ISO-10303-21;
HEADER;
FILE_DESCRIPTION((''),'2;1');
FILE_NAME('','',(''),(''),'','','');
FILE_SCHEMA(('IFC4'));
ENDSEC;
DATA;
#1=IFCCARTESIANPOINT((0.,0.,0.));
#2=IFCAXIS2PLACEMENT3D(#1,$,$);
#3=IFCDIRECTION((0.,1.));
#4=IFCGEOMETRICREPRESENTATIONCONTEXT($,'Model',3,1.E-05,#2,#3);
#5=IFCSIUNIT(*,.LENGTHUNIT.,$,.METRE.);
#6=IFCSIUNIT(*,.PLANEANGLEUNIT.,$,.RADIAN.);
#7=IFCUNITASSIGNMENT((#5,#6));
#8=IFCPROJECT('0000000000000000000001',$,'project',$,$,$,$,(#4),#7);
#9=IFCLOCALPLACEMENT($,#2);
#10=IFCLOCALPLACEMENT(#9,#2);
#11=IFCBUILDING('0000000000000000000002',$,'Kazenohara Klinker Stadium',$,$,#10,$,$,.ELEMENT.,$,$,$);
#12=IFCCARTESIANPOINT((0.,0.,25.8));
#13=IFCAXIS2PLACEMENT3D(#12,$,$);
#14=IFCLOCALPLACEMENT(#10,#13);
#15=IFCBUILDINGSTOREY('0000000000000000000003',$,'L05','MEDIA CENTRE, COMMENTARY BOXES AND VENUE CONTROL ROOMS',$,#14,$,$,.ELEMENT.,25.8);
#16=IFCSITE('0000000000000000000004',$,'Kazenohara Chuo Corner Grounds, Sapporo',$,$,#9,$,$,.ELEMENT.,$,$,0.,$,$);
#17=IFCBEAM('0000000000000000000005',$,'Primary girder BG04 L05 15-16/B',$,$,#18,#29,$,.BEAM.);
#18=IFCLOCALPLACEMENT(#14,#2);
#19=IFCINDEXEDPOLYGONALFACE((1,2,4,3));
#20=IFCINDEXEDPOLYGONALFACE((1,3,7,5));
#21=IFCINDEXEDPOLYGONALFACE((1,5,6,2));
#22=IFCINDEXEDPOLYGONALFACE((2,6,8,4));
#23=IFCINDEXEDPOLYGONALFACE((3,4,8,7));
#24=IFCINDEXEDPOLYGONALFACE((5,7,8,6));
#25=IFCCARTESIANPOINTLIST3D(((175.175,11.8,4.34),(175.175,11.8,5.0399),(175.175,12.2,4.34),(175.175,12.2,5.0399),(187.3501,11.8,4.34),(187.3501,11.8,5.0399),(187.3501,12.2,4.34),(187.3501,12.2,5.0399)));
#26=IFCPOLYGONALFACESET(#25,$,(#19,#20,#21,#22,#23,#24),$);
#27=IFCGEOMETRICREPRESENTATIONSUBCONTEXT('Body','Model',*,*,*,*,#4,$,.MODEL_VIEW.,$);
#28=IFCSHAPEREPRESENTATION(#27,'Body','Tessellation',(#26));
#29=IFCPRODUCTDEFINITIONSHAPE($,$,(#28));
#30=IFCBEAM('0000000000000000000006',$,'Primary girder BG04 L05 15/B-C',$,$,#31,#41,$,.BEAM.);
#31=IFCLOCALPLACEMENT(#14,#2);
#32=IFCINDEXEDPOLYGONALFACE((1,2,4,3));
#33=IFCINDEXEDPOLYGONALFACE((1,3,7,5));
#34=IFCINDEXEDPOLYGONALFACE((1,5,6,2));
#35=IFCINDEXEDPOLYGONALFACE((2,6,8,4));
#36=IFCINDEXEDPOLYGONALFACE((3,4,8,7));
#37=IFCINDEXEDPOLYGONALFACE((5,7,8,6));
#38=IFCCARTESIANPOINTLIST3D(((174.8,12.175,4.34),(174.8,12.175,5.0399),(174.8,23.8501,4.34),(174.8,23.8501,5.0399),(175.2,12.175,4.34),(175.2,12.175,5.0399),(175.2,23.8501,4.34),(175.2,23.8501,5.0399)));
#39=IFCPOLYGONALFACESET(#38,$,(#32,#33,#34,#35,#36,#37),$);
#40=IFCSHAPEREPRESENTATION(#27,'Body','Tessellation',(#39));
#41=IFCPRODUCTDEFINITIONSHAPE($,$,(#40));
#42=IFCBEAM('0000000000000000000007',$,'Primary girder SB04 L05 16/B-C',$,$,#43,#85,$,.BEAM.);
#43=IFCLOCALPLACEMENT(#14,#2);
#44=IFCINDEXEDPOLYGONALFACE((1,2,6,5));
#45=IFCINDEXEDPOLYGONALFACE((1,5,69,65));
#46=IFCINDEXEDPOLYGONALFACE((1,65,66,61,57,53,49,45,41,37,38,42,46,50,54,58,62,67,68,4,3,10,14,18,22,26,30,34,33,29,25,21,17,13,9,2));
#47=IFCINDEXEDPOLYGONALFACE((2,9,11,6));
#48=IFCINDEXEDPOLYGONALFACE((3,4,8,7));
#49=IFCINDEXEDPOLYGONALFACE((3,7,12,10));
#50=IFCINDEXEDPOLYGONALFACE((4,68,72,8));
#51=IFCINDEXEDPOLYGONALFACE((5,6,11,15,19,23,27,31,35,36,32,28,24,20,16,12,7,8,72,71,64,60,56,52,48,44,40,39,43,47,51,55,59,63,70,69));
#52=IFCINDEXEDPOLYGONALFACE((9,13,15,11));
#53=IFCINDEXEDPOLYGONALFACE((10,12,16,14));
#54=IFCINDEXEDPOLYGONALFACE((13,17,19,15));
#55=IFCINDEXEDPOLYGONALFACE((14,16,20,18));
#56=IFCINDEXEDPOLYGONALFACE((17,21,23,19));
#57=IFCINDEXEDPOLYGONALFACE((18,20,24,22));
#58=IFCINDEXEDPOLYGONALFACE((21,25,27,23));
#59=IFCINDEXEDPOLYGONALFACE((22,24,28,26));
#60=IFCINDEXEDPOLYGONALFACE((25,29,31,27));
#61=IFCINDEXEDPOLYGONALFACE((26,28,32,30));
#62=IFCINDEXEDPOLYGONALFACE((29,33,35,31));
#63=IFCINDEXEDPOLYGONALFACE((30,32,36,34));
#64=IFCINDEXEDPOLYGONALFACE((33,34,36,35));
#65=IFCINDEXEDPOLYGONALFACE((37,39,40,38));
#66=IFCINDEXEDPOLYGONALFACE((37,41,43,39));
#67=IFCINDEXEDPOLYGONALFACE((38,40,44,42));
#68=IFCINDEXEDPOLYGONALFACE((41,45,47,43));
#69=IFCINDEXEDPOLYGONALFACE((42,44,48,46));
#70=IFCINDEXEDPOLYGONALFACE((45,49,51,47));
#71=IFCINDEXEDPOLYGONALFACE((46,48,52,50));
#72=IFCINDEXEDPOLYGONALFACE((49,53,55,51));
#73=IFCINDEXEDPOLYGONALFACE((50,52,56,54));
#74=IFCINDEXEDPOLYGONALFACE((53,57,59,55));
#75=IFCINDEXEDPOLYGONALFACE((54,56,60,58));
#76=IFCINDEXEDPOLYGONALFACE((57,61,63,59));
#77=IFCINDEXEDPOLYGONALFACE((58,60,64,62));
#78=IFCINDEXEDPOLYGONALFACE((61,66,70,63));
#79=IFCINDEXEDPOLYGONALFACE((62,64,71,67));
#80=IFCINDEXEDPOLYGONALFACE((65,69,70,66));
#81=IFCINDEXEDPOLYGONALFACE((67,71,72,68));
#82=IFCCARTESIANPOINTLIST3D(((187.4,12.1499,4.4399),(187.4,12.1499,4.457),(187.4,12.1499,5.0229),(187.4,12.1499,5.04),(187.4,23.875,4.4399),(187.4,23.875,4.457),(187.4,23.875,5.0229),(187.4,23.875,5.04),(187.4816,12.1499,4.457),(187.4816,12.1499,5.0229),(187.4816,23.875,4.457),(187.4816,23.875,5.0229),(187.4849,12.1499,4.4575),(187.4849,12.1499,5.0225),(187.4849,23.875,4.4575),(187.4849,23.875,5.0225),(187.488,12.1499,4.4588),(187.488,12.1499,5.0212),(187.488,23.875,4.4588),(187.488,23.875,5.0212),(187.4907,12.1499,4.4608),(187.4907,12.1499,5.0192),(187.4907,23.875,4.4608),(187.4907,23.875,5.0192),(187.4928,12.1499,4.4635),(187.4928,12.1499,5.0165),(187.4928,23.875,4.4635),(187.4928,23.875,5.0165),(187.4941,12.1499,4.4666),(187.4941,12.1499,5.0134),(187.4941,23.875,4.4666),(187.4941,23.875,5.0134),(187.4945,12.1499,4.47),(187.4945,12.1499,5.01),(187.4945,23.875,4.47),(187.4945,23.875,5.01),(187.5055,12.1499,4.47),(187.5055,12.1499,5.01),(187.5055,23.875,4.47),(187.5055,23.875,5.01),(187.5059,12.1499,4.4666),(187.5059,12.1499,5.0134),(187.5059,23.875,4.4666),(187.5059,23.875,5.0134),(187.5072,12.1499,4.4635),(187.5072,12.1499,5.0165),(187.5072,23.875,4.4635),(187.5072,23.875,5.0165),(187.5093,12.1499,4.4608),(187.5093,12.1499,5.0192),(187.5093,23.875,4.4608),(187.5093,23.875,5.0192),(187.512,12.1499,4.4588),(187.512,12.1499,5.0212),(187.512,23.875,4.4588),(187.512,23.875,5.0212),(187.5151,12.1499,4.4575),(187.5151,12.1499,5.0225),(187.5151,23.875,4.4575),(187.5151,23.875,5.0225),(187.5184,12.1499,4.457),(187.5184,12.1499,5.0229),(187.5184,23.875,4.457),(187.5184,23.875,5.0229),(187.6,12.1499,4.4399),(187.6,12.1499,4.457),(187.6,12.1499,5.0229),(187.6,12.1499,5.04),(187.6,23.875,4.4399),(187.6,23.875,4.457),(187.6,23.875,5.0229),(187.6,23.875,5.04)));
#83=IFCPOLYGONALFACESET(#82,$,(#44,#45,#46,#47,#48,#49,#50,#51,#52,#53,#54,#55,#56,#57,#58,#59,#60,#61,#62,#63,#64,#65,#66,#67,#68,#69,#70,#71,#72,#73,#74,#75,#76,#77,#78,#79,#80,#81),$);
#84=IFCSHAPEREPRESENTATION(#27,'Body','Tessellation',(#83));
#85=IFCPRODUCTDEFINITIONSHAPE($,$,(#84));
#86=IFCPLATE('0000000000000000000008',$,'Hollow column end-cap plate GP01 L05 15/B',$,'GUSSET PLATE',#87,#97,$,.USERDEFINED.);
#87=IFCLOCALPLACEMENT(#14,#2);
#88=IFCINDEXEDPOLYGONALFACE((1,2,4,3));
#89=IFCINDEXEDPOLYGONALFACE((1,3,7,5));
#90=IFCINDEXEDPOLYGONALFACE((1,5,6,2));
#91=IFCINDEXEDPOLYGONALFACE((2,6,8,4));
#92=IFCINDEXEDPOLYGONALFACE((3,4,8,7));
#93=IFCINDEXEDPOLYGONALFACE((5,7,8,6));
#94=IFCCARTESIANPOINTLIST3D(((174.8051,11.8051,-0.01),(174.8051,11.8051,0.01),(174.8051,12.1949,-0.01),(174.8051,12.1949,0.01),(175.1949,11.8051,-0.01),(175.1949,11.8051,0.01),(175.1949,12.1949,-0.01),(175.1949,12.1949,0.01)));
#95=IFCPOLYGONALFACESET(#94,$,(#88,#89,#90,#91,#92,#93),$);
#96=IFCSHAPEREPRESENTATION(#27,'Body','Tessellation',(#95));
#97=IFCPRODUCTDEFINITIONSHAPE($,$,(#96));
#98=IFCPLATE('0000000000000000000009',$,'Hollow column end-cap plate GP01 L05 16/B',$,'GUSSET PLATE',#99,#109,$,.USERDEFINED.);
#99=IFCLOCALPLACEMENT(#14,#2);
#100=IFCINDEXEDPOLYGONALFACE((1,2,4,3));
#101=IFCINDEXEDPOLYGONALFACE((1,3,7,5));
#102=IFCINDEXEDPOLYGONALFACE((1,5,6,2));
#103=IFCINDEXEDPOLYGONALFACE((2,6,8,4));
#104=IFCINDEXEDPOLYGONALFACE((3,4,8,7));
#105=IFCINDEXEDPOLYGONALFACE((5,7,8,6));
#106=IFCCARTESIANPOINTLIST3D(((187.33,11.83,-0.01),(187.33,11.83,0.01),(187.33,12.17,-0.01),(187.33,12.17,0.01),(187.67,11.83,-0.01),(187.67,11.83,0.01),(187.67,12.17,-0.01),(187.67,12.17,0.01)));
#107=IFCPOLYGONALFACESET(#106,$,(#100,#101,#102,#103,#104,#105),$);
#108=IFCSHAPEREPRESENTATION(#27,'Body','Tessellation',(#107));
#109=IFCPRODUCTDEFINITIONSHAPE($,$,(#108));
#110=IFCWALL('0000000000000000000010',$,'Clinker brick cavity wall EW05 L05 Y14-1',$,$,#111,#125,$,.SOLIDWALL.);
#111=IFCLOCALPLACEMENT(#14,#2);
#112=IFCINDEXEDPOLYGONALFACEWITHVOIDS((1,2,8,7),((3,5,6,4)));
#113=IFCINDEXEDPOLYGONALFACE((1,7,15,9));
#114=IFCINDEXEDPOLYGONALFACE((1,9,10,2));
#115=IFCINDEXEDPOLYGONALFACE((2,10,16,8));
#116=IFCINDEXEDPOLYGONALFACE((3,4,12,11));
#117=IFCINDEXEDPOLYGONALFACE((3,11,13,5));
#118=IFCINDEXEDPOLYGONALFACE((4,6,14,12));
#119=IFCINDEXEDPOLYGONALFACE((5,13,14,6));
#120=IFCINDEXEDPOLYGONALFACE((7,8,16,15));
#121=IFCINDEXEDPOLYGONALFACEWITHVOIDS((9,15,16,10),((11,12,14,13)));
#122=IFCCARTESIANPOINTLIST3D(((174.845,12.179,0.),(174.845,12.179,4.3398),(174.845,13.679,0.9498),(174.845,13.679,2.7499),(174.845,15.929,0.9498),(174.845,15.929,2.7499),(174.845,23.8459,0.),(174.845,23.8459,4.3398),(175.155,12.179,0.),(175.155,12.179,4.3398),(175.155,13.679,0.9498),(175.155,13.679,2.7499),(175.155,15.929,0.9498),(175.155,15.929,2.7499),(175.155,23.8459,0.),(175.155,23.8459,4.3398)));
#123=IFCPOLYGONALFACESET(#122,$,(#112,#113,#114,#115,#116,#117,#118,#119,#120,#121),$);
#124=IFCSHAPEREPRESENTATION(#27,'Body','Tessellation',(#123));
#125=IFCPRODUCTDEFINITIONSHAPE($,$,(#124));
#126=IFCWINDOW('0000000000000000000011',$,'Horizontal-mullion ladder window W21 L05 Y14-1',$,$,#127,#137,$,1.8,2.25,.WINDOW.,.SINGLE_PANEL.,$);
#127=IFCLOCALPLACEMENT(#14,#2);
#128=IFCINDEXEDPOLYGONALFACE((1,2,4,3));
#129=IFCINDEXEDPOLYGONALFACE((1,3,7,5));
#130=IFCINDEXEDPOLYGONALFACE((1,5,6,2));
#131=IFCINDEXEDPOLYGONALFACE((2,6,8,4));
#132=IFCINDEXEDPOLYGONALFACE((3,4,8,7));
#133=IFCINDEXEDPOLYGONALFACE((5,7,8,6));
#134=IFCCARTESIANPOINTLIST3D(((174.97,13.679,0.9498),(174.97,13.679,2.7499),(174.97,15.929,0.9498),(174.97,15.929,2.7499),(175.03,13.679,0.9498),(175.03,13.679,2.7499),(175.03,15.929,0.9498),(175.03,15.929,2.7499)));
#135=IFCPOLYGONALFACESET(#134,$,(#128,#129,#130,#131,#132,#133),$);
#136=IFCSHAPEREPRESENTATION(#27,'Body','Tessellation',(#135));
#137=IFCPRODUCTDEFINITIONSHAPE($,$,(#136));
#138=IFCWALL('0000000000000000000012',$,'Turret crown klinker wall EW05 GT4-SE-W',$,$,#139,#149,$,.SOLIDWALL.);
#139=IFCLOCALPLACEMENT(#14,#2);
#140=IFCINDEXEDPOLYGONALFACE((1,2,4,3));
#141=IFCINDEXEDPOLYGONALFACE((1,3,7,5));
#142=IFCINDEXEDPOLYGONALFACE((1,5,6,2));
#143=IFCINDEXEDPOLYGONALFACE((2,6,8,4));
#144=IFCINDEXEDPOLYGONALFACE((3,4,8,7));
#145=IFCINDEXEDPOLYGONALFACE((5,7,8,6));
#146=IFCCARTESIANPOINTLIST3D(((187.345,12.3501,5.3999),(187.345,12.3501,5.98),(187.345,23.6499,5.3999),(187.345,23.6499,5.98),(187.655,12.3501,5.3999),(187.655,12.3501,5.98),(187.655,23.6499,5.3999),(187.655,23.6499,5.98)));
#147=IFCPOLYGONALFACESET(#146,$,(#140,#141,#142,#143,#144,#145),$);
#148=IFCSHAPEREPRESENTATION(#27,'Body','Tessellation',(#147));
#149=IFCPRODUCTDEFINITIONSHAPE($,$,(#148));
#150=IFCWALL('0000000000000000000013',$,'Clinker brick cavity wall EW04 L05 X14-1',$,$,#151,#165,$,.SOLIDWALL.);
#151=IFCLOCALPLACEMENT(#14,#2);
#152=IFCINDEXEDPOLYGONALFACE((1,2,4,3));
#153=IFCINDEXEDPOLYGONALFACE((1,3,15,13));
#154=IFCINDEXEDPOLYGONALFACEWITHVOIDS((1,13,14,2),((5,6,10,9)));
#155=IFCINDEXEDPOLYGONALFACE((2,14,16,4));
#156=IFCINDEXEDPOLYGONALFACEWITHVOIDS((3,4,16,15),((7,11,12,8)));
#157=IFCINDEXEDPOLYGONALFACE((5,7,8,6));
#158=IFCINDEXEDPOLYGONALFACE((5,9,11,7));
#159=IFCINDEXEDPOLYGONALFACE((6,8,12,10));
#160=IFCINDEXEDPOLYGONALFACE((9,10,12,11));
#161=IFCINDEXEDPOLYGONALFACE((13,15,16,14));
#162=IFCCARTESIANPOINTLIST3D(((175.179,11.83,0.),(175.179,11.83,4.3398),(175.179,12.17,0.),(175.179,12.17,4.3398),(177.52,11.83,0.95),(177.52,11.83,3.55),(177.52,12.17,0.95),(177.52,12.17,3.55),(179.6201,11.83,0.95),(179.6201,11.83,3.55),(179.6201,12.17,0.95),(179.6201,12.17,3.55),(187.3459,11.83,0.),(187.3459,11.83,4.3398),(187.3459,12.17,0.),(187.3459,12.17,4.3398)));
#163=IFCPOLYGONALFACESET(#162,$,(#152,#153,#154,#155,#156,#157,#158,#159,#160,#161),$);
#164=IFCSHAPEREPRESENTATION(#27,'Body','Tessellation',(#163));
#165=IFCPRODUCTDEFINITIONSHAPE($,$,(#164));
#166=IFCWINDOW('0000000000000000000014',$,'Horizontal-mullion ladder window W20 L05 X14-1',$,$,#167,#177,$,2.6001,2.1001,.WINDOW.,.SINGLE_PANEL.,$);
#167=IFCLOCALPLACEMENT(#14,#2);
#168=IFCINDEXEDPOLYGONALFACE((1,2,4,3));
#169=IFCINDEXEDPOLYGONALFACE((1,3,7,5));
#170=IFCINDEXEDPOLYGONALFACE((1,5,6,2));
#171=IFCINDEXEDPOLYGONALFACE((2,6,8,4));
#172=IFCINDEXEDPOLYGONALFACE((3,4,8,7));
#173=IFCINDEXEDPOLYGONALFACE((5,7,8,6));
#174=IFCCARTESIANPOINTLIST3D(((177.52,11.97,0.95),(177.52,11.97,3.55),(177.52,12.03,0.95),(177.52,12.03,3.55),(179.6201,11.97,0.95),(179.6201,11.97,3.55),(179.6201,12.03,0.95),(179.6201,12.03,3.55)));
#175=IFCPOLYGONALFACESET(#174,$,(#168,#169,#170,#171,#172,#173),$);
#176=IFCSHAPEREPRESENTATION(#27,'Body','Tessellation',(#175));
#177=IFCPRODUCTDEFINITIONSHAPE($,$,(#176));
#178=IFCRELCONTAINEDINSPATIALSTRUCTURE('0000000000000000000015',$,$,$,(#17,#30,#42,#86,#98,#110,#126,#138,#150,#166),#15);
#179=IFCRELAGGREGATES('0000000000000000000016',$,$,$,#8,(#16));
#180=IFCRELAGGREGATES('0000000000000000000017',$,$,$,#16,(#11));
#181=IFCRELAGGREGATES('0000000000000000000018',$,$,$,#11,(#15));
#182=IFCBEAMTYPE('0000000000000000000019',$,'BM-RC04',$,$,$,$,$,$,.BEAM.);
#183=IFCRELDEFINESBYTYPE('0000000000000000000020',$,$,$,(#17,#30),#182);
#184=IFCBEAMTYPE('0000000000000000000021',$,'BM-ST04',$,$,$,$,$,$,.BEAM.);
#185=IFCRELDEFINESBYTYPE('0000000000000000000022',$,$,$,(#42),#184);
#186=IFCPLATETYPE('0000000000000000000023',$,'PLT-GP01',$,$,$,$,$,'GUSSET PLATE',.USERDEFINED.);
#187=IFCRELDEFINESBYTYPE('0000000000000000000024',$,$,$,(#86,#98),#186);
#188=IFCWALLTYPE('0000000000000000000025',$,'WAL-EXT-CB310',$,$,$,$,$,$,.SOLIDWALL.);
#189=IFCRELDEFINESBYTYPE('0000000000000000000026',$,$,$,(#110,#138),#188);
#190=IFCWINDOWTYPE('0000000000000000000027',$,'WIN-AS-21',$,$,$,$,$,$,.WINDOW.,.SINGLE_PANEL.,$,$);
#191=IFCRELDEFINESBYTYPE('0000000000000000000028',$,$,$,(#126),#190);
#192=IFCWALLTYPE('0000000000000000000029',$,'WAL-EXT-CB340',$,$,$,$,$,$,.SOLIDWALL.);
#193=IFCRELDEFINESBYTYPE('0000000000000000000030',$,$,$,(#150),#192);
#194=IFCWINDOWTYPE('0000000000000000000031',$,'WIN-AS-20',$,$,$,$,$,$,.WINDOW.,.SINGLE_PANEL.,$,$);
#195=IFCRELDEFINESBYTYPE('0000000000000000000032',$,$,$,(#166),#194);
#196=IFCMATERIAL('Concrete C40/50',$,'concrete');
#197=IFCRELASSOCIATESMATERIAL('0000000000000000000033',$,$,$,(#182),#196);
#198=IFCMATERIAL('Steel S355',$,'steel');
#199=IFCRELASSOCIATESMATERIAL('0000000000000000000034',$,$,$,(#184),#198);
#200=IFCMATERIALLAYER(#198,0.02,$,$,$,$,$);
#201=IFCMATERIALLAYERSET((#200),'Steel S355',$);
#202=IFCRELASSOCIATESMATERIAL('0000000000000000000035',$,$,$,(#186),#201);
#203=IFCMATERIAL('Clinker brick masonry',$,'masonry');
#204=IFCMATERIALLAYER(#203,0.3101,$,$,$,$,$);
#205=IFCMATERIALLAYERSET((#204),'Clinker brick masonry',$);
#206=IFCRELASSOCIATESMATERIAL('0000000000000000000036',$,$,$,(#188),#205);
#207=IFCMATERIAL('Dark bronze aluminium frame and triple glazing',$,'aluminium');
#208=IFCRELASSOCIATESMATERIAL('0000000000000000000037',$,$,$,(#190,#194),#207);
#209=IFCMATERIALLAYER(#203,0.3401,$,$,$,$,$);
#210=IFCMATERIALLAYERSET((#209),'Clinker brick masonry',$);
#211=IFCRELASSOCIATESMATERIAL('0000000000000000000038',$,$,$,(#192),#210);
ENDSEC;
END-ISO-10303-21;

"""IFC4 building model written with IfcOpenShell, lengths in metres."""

from ifc_helpers import new_model, si_unit, direction, frame, frame_2d, origin, origin_2d, place, context, subcontext, project, spatial, rectangle, i_section, extrude, material, layer, layer_set, material_profile, profile_set, type_object, element, fill, save


model = new_model("IFC4")

# Units and contexts
model_context = context("Model", 3, precision=1e-05, world=origin(), true_north=direction((0.0, 1.0)))
body_context = subcontext(model_context, "Body", "Model", "MODEL_VIEW")
ifc_project = project(units=[si_unit("LENGTHUNIT", "METRE"), si_unit("PLANEANGLEUNIT", "RADIAN")], contexts=[model_context])

# Site, building, storey
site_placement = place(None, origin())
site = spatial("IfcSite", under=ifc_project, at=site_placement, Name="Kazenohara Chuo Corner Grounds, Sapporo", CompositionType="ELEMENT", RefElevation=0.0)
building_placement = place(site_placement, origin())
building = spatial("IfcBuilding", under=site, at=building_placement, Name="Kazenohara Klinker Stadium", CompositionType="ELEMENT")
storey_placement = place(building_placement, frame((0.0, 0.0, 25.8)))
storey = spatial("IfcBuildingStorey", under=building, at=storey_placement, Name="L05", Description="MEDIA CENTRE, COMMENTARY BOXES AND VENUE CONTROL ROOMS", CompositionType="ELEMENT", Elevation=25.8)

# Shared definitions
ifc_material_1 = material(Name="Steel S355", Category="steel")

# Beams
ifc_material_2 = material(Name="Concrete C40/50", Category="concrete")
ifc_material_profile_1 = material_profile(ifc_material_2, rectangle(XDim=0.3999, YDim=0.7, at=origin_2d()), Name="RC-BM-400x700")
ifc_profile_set_1 = profile_set([ifc_material_profile_1], Name="Concrete C40/50")
beam_type_1 = type_object("IfcBeamType", Name="BM-RC04", PredefinedType="BEAM", material=ifc_profile_set_1)
beam_1_placement = place(storey_placement, frame((175.175, 12.0, 4.6899), z_axis=(1.0, 0.0, 0.0), x_axis=(0.0, 1.0, 0.0)))
element("IfcBeam", 1, at=beam_1_placement, inside=storey, type_object=beam_type_1, Name="Primary girder BG04 L05 15-16/B", PredefinedType="BEAM", context=body_context, shape_type="SweptSolid", body=[
    extrude(rectangle(XDim=0.3999, YDim=0.7, at=origin_2d()), origin(), (0.0, 0.0, 1.0), 12.175),
])
beam_2_placement = place(storey_placement, frame((175.0, 12.175, 4.6899), z_axis=(0.0, 1.0, 0.0), x_axis=(-1.0, 0.0, 0.0)))
element("IfcBeam", 2, at=beam_2_placement, inside=storey, type_object=beam_type_1, Name="Primary girder BG04 L05 15/B-C", PredefinedType="BEAM", context=body_context, shape_type="SweptSolid", body=[
    extrude(rectangle(XDim=0.3999, YDim=0.7, at=origin_2d()), origin(), (0.0, 0.0, 1.0), 11.675),
])
ifc_material_profile_2 = material_profile(ifc_material_1, i_section(OverallWidth=0.2, OverallDepth=0.6001, WebThickness=0.011, FlangeThickness=0.0171, FilletRadius=0.0129, at=origin_2d()), Name="H-600x200x11x17")
ifc_profile_set_2 = profile_set([ifc_material_profile_2], Name="Steel S355")
beam_type_2 = type_object("IfcBeamType", Name="BM-ST04", PredefinedType="BEAM", material=ifc_profile_set_2)
beam_3_placement = place(storey_placement, frame((187.5, 12.1499, 4.74), z_axis=(0.0, 1.0, 0.0), x_axis=(-1.0, 0.0, 0.0)))
element("IfcBeam", 3, at=beam_3_placement, inside=storey, type_object=beam_type_2, Name="Primary girder SB04 L05 16/B-C", PredefinedType="BEAM", context=body_context, shape_type="SweptSolid", body=[
    extrude(i_section(OverallWidth=0.2, OverallDepth=0.6001, WebThickness=0.011, FlangeThickness=0.0171, FilletRadius=0.0129, at=origin_2d()), origin(), (0.0, 0.0, 1.0), 11.7251),
])

# Plates
ifc_layer_1 = layer(ifc_material_1, 0.02)
ifc_layer_set_1 = layer_set([ifc_layer_1], Name="Steel S355")
plate_type = type_object("IfcPlateType", Name="PLT-GP01", ElementType="GUSSET PLATE", PredefinedType="USERDEFINED", material=ifc_layer_set_1)
plate_1_placement = place(storey_placement, frame((175.0, 12.0, -0.01), z_axis=(0.0, 0.0, 1.0), x_axis=(1.0, 0.0, 0.0)))
element("IfcPlate", 4, at=plate_1_placement, inside=storey, type_object=plate_type, Name="Hollow column end-cap plate GP01 L05 15/B", ObjectType="GUSSET PLATE", PredefinedType="USERDEFINED", context=body_context, shape_type="SweptSolid", body=[
    extrude(rectangle(XDim=0.3899, YDim=0.3899, at=origin_2d()), origin(), (0.0, 0.0, 1.0), 0.02),
])
plate_2_placement = place(storey_placement, frame((187.5, 12.0, -0.01), z_axis=(0.0, 0.0, 1.0), x_axis=(1.0, 0.0, 0.0)))
element("IfcPlate", 5, at=plate_2_placement, inside=storey, type_object=plate_type, Name="Hollow column end-cap plate GP01 L05 16/B", ObjectType="GUSSET PLATE", PredefinedType="USERDEFINED", context=body_context, shape_type="SweptSolid", body=[
    extrude(rectangle(XDim=0.3401, YDim=0.3401, at=origin_2d()), origin(), (0.0, 0.0, 1.0), 0.02),
])

# Wall, opening, window
ifc_material_3 = material(Name="Clinker brick masonry", Category="masonry")
ifc_layer_2 = layer(ifc_material_3, 0.3101)
ifc_layer_set_2 = layer_set([ifc_layer_2], Name="Clinker brick masonry")
wall_type_1 = type_object("IfcWallType", Name="WAL-EXT-CB310", PredefinedType="SOLIDWALL", material=ifc_layer_set_2)
wall_1_placement = place(storey_placement, frame((175.0, 12.179, 0.0), z_axis=(0.0, 0.0, 1.0), x_axis=(0.0, 1.0, 0.0)))
wall_1 = element("IfcWall", 6, at=wall_1_placement, inside=storey, type_object=wall_type_1, Name="Clinker brick cavity wall EW05 L05 Y14-1", PredefinedType="SOLIDWALL", context=body_context, shape_type="SweptSolid", body=[
    extrude(rectangle(XDim=11.667, YDim=0.3101, at=frame_2d((5.8335, 0.0))), origin(), (0.0, 0.0, 1.0), 4.3398),
])
opening_1_placement = place(wall_1_placement, frame((1.5, 0.0, 0.95)))
opening_1 = element("IfcOpeningElement", 7, at=opening_1_placement, cuts=wall_1, PredefinedType="OPENING", context=body_context, shape_type="SweptSolid", body=[
    extrude(rectangle(XDim=2.25, YDim=1.8, at=frame_2d((1.125, 0.8999))), frame((0.0, 0.165, 0.0), z_axis=(0.0, -1.0, 0.0), x_axis=(1.0, 0.0, 0.0)), (0.0, 0.0, 1.0), 0.3301),
])
ifc_material_4 = material(Name="Dark bronze aluminium frame and triple glazing", Category="aluminium")
window_type_1 = type_object("IfcWindowType", Name="WIN-AS-21", PartitioningType="SINGLE_PANEL", PredefinedType="WINDOW", material=ifc_material_4)
window_1_placement = place(opening_1_placement, origin())
window_1 = element("IfcWindow", 8, at=window_1_placement, inside=storey, type_object=window_type_1, Name="Horizontal-mullion ladder window W21 L05 Y14-1", OverallHeight=1.8, OverallWidth=2.25, PartitioningType="SINGLE_PANEL", PredefinedType="WINDOW", context=body_context, shape_type="SweptSolid", body=[
    extrude(rectangle(XDim=2.25, YDim=1.8, at=frame_2d((1.125, 0.8999))), frame((0.0, 0.03, 0.0), z_axis=(0.0, -1.0, 0.0), x_axis=(1.0, 0.0, 0.0)), (0.0, 0.0, 1.0), 0.0601),
])
fill(opening_1, window_1)

# Wall
wall_2_placement = place(storey_placement, frame((187.5, 12.3501, 5.3999), z_axis=(0.0, 0.0, 1.0), x_axis=(0.0, 1.0, 0.0)))
element("IfcWall", 9, at=wall_2_placement, inside=storey, type_object=wall_type_1, Name="Turret crown klinker wall EW05 GT4-SE-W", PredefinedType="SOLIDWALL", context=body_context, shape_type="SweptSolid", body=[
    extrude(rectangle(XDim=11.2998, YDim=0.3101, at=frame_2d((5.6499, 0.0))), origin(), (0.0, 0.0, 1.0), 0.5801),
])

# Wall, opening, window
ifc_layer_3 = layer(ifc_material_3, 0.3401)
ifc_layer_set_3 = layer_set([ifc_layer_3], Name="Clinker brick masonry")
wall_type_2 = type_object("IfcWallType", Name="WAL-EXT-CB340", PredefinedType="SOLIDWALL", material=ifc_layer_set_3)
wall_3_placement = place(storey_placement, frame((175.179, 12.0, 0.0), z_axis=(0.0, 0.0, 1.0), x_axis=(1.0, 0.0, 0.0)))
wall_3 = element("IfcWall", 10, at=wall_3_placement, inside=storey, type_object=wall_type_2, Name="Clinker brick cavity wall EW04 L05 X14-1", PredefinedType="SOLIDWALL", context=body_context, shape_type="SweptSolid", body=[
    extrude(rectangle(XDim=12.167, YDim=0.3401, at=frame_2d((6.0835, 0.0))), origin(), (0.0, 0.0, 1.0), 4.3398),
])
opening_2_placement = place(wall_3_placement, frame((2.3411, 0.0, 0.95)))
opening_2 = element("IfcOpeningElement", 11, at=opening_2_placement, cuts=wall_3, PredefinedType="OPENING", context=body_context, shape_type="SweptSolid", body=[
    extrude(rectangle(XDim=2.1001, YDim=2.6001, at=frame_2d((1.05, 1.3))), frame((0.0, 0.1802, 0.0), z_axis=(0.0, -1.0, 0.0), x_axis=(1.0, 0.0, 0.0)), (0.0, 0.0, 1.0), 0.3601),
])
window_type_2 = type_object("IfcWindowType", Name="WIN-AS-20", PartitioningType="SINGLE_PANEL", PredefinedType="WINDOW", material=ifc_material_4)
window_2_placement = place(opening_2_placement, origin())
window_2 = element("IfcWindow", 12, at=window_2_placement, inside=storey, type_object=window_type_2, Name="Horizontal-mullion ladder window W20 L05 X14-1", OverallHeight=2.6001, OverallWidth=2.1001, PartitioningType="SINGLE_PANEL", PredefinedType="WINDOW", context=body_context, shape_type="SweptSolid", body=[
    extrude(rectangle(XDim=2.1001, YDim=2.6001, at=frame_2d((1.05, 1.3))), frame((0.0, 0.03, 0.0), z_axis=(0.0, -1.0, 0.0), x_axis=(1.0, 0.0, 0.0)), (0.0, 0.0, 1.0), 0.0601),
])
fill(opening_2, window_2)

save(model, "model.ifc")
